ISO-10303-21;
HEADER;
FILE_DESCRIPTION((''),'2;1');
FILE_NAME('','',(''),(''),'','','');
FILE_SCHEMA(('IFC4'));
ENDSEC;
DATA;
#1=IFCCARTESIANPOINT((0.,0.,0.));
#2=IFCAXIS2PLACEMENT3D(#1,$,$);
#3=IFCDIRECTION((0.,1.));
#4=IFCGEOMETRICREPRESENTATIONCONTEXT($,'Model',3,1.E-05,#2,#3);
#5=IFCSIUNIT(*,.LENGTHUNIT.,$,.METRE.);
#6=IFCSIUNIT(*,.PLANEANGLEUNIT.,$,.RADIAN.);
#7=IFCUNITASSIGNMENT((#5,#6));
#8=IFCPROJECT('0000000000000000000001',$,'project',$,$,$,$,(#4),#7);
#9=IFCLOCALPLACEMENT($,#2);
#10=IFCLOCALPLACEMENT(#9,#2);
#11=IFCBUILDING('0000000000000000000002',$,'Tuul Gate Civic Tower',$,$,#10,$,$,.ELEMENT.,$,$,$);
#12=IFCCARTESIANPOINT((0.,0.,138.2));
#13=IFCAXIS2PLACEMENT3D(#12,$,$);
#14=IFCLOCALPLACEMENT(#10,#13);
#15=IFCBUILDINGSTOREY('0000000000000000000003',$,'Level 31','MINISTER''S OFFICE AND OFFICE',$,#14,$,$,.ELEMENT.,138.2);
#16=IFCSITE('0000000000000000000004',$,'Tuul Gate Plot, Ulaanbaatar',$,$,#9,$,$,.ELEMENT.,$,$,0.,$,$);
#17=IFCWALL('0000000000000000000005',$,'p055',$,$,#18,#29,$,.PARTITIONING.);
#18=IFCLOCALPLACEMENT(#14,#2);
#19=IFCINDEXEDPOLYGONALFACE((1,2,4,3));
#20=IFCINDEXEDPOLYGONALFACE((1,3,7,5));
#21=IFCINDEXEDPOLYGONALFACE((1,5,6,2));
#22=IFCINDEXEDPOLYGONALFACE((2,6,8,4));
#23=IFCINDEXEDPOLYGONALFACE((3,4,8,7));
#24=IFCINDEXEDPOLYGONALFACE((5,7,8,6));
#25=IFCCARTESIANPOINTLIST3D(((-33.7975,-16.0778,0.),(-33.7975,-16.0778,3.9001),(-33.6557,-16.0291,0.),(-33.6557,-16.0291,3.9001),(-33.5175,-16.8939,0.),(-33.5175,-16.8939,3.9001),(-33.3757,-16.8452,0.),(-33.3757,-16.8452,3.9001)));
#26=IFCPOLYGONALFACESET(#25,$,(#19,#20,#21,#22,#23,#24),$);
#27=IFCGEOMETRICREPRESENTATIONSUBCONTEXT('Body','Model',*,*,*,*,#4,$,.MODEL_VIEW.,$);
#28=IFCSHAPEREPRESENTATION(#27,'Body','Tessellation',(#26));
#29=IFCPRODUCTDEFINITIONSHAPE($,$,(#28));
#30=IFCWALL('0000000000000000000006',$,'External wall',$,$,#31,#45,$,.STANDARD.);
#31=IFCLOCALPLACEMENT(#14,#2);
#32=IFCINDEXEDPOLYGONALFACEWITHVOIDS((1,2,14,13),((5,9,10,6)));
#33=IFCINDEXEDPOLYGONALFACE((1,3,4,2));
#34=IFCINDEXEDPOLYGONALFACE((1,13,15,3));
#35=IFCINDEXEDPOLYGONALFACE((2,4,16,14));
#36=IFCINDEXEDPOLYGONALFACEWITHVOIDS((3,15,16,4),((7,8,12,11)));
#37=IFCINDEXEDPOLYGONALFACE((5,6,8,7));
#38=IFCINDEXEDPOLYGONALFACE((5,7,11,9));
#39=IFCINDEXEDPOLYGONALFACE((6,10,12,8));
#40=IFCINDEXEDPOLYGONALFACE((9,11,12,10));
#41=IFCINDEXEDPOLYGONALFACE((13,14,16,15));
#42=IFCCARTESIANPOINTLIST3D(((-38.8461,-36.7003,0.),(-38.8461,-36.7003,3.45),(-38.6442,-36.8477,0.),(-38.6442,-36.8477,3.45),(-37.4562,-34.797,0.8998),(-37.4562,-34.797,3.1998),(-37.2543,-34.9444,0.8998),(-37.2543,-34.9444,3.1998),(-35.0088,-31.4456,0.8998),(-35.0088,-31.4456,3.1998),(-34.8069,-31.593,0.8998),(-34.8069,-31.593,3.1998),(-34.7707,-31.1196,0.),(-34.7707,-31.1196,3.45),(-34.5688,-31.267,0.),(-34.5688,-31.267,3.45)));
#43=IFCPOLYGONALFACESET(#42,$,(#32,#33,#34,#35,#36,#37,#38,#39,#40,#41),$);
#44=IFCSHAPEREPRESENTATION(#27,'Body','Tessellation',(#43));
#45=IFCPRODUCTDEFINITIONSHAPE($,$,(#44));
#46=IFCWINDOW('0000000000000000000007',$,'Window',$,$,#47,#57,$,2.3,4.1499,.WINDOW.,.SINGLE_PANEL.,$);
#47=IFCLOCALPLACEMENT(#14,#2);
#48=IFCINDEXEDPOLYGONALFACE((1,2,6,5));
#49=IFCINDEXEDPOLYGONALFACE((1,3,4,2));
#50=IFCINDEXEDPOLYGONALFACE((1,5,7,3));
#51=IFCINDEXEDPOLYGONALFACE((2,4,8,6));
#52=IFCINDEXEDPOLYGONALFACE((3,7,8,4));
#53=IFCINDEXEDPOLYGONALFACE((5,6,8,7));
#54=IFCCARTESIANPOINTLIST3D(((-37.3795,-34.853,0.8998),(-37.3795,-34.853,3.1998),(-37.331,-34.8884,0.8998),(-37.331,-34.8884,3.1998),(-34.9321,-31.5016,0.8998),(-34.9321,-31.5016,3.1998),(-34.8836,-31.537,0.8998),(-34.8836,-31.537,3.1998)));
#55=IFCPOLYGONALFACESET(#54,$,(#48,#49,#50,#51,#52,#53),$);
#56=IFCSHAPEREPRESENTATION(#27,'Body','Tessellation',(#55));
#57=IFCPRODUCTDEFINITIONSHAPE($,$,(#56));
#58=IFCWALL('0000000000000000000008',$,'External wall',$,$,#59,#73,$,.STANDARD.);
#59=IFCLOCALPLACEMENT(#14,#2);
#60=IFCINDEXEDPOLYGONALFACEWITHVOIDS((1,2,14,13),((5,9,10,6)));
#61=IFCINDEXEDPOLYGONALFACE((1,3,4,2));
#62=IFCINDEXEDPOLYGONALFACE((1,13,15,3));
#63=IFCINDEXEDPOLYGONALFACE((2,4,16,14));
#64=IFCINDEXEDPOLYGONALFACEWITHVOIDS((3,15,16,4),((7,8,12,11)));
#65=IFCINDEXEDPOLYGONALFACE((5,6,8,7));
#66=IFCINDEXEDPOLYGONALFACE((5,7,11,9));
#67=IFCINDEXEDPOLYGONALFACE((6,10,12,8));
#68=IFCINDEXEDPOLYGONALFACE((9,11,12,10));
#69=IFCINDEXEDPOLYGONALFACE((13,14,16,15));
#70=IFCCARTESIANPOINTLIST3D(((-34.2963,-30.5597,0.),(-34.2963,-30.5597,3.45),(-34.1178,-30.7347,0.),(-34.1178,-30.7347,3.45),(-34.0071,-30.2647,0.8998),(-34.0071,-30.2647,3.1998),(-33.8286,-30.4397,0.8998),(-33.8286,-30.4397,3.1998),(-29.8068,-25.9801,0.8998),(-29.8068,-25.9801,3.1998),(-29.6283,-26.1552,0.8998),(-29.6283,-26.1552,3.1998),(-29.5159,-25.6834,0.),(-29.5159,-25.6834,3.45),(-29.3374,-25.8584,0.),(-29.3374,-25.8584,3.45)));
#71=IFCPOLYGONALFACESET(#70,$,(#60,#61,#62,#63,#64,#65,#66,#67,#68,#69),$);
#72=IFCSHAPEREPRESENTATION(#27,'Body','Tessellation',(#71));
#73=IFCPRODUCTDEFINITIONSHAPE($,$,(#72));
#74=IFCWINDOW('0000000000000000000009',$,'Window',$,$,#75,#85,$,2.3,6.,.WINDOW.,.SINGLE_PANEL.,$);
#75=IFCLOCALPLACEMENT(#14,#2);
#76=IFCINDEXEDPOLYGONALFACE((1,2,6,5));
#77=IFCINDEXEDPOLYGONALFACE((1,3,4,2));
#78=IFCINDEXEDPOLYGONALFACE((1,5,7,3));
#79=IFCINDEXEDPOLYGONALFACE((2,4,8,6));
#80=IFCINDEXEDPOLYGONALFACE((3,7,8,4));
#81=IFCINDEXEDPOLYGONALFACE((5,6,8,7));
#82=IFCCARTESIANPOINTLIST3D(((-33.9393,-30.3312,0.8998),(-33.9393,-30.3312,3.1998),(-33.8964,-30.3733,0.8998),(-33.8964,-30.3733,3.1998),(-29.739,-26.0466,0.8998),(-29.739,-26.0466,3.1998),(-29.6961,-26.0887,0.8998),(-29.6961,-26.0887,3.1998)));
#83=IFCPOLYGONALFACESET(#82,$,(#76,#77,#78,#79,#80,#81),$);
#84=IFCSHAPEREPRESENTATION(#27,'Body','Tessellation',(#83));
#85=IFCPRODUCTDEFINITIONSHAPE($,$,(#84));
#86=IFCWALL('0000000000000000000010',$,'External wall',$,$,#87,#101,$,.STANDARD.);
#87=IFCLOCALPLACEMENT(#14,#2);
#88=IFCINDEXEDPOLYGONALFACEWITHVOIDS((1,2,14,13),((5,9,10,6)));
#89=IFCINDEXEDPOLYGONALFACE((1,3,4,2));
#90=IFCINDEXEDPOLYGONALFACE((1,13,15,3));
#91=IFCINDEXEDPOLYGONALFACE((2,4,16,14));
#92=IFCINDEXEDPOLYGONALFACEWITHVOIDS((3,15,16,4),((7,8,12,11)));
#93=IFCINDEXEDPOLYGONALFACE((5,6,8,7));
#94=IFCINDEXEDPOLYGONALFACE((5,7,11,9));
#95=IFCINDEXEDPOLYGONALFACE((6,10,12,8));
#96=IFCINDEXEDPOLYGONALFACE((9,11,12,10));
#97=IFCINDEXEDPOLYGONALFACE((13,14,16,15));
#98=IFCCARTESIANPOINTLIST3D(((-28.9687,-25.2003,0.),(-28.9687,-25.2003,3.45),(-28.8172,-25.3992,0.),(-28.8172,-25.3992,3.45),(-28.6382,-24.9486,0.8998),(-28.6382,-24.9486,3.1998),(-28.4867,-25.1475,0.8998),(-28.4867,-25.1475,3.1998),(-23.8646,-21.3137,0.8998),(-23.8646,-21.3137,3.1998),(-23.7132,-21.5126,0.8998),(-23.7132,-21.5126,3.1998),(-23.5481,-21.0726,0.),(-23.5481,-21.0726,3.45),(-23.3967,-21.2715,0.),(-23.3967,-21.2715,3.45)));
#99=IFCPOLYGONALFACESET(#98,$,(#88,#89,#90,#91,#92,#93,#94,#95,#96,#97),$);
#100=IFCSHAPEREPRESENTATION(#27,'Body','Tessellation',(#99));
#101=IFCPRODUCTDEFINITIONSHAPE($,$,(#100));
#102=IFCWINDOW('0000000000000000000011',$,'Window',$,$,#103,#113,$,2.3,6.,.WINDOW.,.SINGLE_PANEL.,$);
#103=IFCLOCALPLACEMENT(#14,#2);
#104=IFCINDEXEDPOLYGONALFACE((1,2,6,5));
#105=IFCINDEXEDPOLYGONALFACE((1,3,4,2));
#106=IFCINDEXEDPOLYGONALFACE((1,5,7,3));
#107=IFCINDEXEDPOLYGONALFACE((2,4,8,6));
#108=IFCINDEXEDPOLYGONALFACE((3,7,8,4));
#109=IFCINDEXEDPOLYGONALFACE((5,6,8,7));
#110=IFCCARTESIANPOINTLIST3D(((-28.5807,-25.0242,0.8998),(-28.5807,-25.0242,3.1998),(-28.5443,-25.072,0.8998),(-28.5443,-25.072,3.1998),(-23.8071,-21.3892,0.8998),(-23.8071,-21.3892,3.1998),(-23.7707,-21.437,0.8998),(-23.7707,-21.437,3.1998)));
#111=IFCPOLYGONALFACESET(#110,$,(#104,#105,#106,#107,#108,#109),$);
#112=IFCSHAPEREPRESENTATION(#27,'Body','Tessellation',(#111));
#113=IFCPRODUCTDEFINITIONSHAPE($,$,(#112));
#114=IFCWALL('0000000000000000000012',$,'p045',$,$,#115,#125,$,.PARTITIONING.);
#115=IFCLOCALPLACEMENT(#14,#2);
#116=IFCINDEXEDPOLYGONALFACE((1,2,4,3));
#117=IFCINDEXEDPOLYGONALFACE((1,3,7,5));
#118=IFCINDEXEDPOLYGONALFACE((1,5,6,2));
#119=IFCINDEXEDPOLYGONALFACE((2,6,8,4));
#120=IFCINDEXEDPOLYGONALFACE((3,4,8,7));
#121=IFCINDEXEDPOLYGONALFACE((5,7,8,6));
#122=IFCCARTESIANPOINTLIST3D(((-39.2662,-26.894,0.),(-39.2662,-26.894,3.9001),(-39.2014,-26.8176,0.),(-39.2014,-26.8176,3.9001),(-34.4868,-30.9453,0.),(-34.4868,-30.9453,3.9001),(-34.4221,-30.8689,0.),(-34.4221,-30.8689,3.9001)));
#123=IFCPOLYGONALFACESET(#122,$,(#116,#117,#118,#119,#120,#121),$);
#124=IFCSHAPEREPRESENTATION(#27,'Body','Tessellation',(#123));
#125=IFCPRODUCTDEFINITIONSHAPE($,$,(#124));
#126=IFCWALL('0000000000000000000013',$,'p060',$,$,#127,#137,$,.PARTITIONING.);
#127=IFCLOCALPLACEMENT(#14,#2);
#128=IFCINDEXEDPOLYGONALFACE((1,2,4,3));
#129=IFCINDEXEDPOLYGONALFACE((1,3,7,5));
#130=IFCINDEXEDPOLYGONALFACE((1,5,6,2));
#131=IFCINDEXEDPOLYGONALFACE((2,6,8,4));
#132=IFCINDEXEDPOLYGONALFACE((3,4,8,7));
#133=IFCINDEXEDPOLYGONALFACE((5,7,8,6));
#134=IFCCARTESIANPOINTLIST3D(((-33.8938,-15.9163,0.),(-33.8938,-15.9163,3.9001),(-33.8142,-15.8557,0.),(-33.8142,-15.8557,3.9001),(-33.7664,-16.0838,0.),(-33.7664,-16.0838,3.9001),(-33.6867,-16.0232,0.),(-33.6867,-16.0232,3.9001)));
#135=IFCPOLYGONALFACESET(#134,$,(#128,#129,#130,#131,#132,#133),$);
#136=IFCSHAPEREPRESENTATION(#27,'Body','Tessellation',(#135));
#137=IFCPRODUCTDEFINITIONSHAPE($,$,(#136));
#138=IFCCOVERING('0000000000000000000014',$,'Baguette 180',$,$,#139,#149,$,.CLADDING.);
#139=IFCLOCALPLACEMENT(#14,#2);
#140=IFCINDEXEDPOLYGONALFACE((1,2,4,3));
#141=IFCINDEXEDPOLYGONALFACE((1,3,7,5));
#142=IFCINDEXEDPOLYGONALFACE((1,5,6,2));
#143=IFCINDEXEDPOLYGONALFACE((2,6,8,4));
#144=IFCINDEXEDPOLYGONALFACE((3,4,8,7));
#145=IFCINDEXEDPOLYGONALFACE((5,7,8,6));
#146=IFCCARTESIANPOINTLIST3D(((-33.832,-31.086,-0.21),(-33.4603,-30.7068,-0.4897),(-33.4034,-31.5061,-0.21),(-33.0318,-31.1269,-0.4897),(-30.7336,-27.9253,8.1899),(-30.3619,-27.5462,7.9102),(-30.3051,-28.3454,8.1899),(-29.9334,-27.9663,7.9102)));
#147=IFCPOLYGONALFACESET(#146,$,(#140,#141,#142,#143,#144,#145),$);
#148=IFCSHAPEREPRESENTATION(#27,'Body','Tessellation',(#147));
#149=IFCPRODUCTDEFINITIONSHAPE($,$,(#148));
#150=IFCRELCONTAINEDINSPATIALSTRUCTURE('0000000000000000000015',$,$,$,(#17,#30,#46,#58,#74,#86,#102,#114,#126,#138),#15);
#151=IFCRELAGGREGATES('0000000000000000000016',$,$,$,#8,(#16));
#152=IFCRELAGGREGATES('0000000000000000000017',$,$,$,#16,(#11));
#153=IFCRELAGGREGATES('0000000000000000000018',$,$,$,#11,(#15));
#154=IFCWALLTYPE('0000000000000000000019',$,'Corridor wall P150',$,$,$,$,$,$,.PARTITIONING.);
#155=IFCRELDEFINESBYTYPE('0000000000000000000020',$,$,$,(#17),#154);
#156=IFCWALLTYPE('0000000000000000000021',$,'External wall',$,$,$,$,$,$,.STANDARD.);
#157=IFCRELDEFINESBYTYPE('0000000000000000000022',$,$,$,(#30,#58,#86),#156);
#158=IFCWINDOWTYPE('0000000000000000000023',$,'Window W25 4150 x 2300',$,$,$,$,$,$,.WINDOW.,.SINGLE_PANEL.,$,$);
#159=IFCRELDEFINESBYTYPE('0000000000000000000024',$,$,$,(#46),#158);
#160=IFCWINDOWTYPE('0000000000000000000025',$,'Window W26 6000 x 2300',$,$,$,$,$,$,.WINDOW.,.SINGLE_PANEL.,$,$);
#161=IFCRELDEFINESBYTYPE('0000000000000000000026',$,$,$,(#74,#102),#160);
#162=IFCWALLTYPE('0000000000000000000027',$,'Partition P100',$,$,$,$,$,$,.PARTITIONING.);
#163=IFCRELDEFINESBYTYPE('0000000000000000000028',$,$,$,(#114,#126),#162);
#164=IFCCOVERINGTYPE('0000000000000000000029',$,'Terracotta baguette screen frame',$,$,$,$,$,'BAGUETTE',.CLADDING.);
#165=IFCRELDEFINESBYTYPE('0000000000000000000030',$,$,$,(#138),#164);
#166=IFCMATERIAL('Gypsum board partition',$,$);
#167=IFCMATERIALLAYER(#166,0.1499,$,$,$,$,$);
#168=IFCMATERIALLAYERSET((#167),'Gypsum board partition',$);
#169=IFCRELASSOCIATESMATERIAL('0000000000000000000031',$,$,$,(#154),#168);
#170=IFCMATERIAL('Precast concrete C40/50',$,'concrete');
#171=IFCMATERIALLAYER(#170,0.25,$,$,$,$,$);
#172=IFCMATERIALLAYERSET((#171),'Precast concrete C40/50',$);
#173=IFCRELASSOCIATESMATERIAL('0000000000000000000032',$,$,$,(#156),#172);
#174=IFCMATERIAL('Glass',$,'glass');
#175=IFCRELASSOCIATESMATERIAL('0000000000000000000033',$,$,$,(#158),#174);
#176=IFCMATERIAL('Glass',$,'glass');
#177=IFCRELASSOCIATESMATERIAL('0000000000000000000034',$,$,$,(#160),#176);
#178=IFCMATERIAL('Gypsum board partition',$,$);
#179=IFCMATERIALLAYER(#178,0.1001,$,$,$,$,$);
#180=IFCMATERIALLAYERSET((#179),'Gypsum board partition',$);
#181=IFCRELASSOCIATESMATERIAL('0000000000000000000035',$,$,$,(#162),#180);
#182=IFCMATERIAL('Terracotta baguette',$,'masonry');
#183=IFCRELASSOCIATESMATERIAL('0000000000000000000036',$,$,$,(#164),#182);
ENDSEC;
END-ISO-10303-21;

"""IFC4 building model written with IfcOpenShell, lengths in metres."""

from ifc_helpers import new_model, si_unit, direction, frame, frame_2d, origin, origin_2d, place, context, subcontext, project, spatial, rectangle, extrude, material, layer, layer_set, material_profile, profile_set, type_object, element, fill, save


model = new_model("IFC4")

# Units and contexts
model_context = context("Model", 3, precision=1e-05, world=origin(), true_north=direction((0.0, 1.0)))
body_context = subcontext(model_context, "Body", "Model", "MODEL_VIEW")
ifc_project = project(units=[si_unit("LENGTHUNIT", "METRE"), si_unit("PLANEANGLEUNIT", "RADIAN")], contexts=[model_context])

# Site, building, storey
site_placement = place(None, origin())
site = spatial("IfcSite", under=ifc_project, at=site_placement, Name="Tuul Gate Plot, Ulaanbaatar", CompositionType="ELEMENT", RefElevation=0.0)
building_placement = place(site_placement, origin())
building = spatial("IfcBuilding", under=site, at=building_placement, Name="Tuul Gate Civic Tower", CompositionType="ELEMENT")
storey_placement = place(building_placement, frame((0.0, 0.0, 138.2)))
storey = spatial("IfcBuildingStorey", under=building, at=storey_placement, Name="Level 31", Description="MINISTER'S OFFICE AND OFFICE", CompositionType="ELEMENT", Elevation=138.2)

# Shared definitions
ifc_material_1 = material(Name="Gypsum board partition")
ifc_layer_1 = layer(ifc_material_1, 0.1499)
ifc_layer_set_1 = layer_set([ifc_layer_1], Name="Gypsum board partition")
wall_type_1 = type_object("IfcWallType", Name="Corridor wall P150", PredefinedType="PARTITIONING", material=ifc_layer_set_1)

# Wall
wall_1_placement = place(storey_placement, frame((-33.7266, -16.0535, 0.0), z_axis=(0.0, 0.0, 1.0), x_axis=(0.324534, -0.945874, 0.0)))
element("IfcWall", 1, at=wall_1_placement, inside=storey, type_object=wall_type_1, Name="p055", PredefinedType="PARTITIONING", context=body_context, shape_type="SweptSolid", body=[
    extrude(rectangle(XDim=0.8628, YDim=0.1499, at=frame_2d((0.4314, 0.0))), origin(), (0.0, 0.0, 1.0), 3.9001),
])

# Walls, openings, windows
ifc_material_2 = material(Name="Precast concrete C40/50", Category="concrete")
ifc_layer_2 = layer(ifc_material_2, 0.25)
ifc_layer_set_2 = layer_set([ifc_layer_2], Name="Precast concrete C40/50")
wall_type_2 = type_object("IfcWallType", Name="External wall", PredefinedType="STANDARD", material=ifc_layer_set_2)
wall_2_placement = place(storey_placement, frame((-38.7451, -36.7739, 0.0), z_axis=(0.0, 0.0, 1.0), x_axis=(0.589748, 0.807587, 0.0)))
wall_2 = element("IfcWall", 2, at=wall_2_placement, inside=storey, type_object=wall_type_2, Name="External wall", PredefinedType="STANDARD", context=body_context, shape_type="SweptSolid", body=[
    extrude(rectangle(XDim=6.9104, YDim=0.25, at=frame_2d((3.4551, 0.0))), origin(), (0.0, 0.0, 1.0), 3.45),
])
opening_1_placement = place(wall_2_placement, frame((2.3567, 0.0, 0.8999)))
opening_1 = element("IfcOpeningElement", 3, at=opening_1_placement, cuts=wall_2, PredefinedType="OPENING", context=body_context, shape_type="SweptSolid", body=[
    extrude(rectangle(XDim=4.1499, YDim=2.3, at=frame_2d((2.075, 1.1499))), frame((0.0, 0.135, 0.0), z_axis=(0.0, -1.0, 0.0), x_axis=(1.0, 0.0, 0.0)), (0.0, 0.0, 1.0), 0.27),
])
ifc_material_3 = material(Name="Glass", Category="glass")
window_type_1 = type_object("IfcWindowType", Name="Window W25 4150 x 2300", PartitioningType="SINGLE_PANEL", PredefinedType="WINDOW", material=ifc_material_3)
window_1_placement = place(opening_1_placement, origin())
window_1 = element("IfcWindow", 4, at=window_1_placement, inside=storey, type_object=window_type_1, Name="Window", OverallHeight=2.3, OverallWidth=4.1499, PartitioningType="SINGLE_PANEL", PredefinedType="WINDOW", context=body_context, shape_type="SweptSolid", body=[
    extrude(rectangle(XDim=4.1499, YDim=2.3, at=frame_2d((2.075, 1.1499))), frame((0.0, 0.03, 0.0), z_axis=(0.0, -1.0, 0.0), x_axis=(1.0, 0.0, 0.0)), (0.0, 0.0, 1.0), 0.0601),
])
fill(opening_1, window_1)
wall_3_placement = place(storey_placement, frame((-34.207, -30.6472, 0.0), z_axis=(0.0, 0.0, 1.0), x_axis=(0.700046, 0.714097, 0.0)))
wall_3 = element("IfcWall", 5, at=wall_3_placement, inside=storey, type_object=wall_type_2, Name="External wall", PredefinedType="STANDARD", context=body_context, shape_type="SweptSolid", body=[
    extrude(rectangle(XDim=6.8286, YDim=0.25, at=frame_2d((3.4143, 0.0))), origin(), (0.0, 0.0, 1.0), 3.45),
])
opening_2_placement = place(wall_3_placement, frame((0.4131, 0.0, 0.8999)))
opening_2 = element("IfcOpeningElement", 6, at=opening_2_placement, cuts=wall_3, PredefinedType="OPENING", context=body_context, shape_type="SweptSolid", body=[
    extrude(rectangle(XDim=6.0, YDim=2.3, at=frame_2d((3.0, 1.1499))), frame((0.0, 0.135, 0.0), z_axis=(0.0, -1.0, 0.0), x_axis=(1.0, 0.0, 0.0)), (0.0, 0.0, 1.0), 0.27),
])
ifc_material_4 = material(Name="Glass", Category="glass")
window_type_2 = type_object("IfcWindowType", Name="Window W26 6000 x 2300", PartitioningType="SINGLE_PANEL", PredefinedType="WINDOW", material=ifc_material_4)
window_2_placement = place(opening_2_placement, origin())
window_2 = element("IfcWindow", 7, at=window_2_placement, inside=storey, type_object=window_type_2, Name="Window", OverallHeight=2.3, OverallWidth=6.0, PartitioningType="SINGLE_PANEL", PredefinedType="WINDOW", context=body_context, shape_type="SweptSolid", body=[
    extrude(rectangle(XDim=6.0, YDim=2.3, at=frame_2d((3.0, 1.1499))), frame((0.0, 0.03, 0.0), z_axis=(0.0, -1.0, 0.0), x_axis=(1.0, 0.0, 0.0)), (0.0, 0.0, 1.0), 0.0601),
])
fill(opening_2, window_2)
wall_4_placement = place(storey_placement, frame((-28.8931, -25.2998, 0.0), z_axis=(0.0, 0.0, 1.0), x_axis=(0.795597, 0.605826, 0.0)))
wall_4 = element("IfcWall", 8, at=wall_4_placement, inside=storey, type_object=wall_type_2, Name="External wall", PredefinedType="STANDARD", context=body_context, shape_type="SweptSolid", body=[
    extrude(rectangle(XDim=6.8132, YDim=0.25, at=frame_2d((3.4067, 0.0))), origin(), (0.0, 0.0, 1.0), 3.45),
])
opening_3_placement = place(wall_4_placement, frame((0.4155, 0.0, 0.8999)))
opening_3 = element("IfcOpeningElement", 9, at=opening_3_placement, cuts=wall_4, PredefinedType="OPENING", context=body_context, shape_type="SweptSolid", body=[
    extrude(rectangle(XDim=6.0, YDim=2.3, at=frame_2d((3.0, 1.1499))), frame((0.0, 0.135, 0.0), z_axis=(0.0, -1.0, 0.0), x_axis=(1.0, 0.0, 0.0)), (0.0, 0.0, 1.0), 0.27),
])
window_3_placement = place(opening_3_placement, origin())
window_3 = element("IfcWindow", 10, at=window_3_placement, inside=storey, type_object=window_type_2, Name="Window", OverallHeight=2.3, OverallWidth=6.0, PartitioningType="SINGLE_PANEL", PredefinedType="WINDOW", context=body_context, shape_type="SweptSolid", body=[
    extrude(rectangle(XDim=6.0, YDim=2.3, at=frame_2d((3.0, 1.1499))), frame((0.0, 0.03, 0.0), z_axis=(0.0, -1.0, 0.0), x_axis=(1.0, 0.0, 0.0)), (0.0, 0.0, 1.0), 0.0601),
])
fill(opening_3, window_3)

# Walls
ifc_material_5 = material(Name="Gypsum board partition")
ifc_layer_3 = layer(ifc_material_5, 0.1001)
ifc_layer_set_3 = layer_set([ifc_layer_3], Name="Gypsum board partition")
wall_type_3 = type_object("IfcWallType", Name="Partition P100", PredefinedType="PARTITIONING", material=ifc_layer_set_3)
wall_5_placement = place(storey_placement, frame((-39.2339, -26.8557, 0.0), z_axis=(0.0, 0.0, 1.0), x_axis=(0.762815, -0.646616, 0.0)))
element("IfcWall", 11, at=wall_5_placement, inside=storey, type_object=wall_type_3, Name="p045", PredefinedType="PARTITIONING", context=body_context, shape_type="SweptSolid", body=[
    extrude(rectangle(XDim=6.2654, YDim=0.1001, at=frame_2d((3.1328, 0.0))), origin(), (0.0, 0.0, 1.0), 3.9001),
])
wall_6_placement = place(storey_placement, frame((-33.7266, -16.0535, 0.0), z_axis=(0.0, 0.0, 1.0), x_axis=(-0.605554, 0.795804, 0.0)))
element("IfcWall", 12, at=wall_6_placement, inside=storey, type_object=wall_type_3, Name="p060", PredefinedType="PARTITIONING", context=body_context, shape_type="SweptSolid", body=[
    extrude(rectangle(XDim=0.2104, YDim=0.1001, at=frame_2d((0.1052, 0.0))), origin(), (0.0, 0.0, 1.0), 3.9001),
])

# Covering
ifc_material_6 = material(Name="Terracotta baguette", Category="masonry")
ifc_material_profile_1 = material_profile(ifc_material_6, rectangle(XDim=0.6001, YDim=0.6001, at=origin_2d()), Name="Terracotta baguette screen frame")
ifc_profile_set_1 = profile_set([ifc_material_profile_1], Name="Terracotta baguette")
covering_type = type_object("IfcCoveringType", Name="Terracotta baguette screen frame", ElementType="BAGUETTE", PredefinedType="CLADDING", material=ifc_profile_set_1)
covering_placement = place(storey_placement, frame((-30.3335, -27.9458, 8.05), z_axis=(-0.326331, -0.332888, -0.8847), x_axis=(0.714105, -0.700039, 0.0)))
element("IfcCovering", 13, at=covering_placement, inside=storey, type_object=covering_type, Name="Baguette 180", PredefinedType="CLADDING", context=body_context, shape_type="SweptSolid", body=[
    extrude(rectangle(XDim=0.6001, YDim=0.6001, at=origin_2d()), origin(), (0.0, 0.0, 1.0), 9.4946),
])

save(model, "model.ifc")
